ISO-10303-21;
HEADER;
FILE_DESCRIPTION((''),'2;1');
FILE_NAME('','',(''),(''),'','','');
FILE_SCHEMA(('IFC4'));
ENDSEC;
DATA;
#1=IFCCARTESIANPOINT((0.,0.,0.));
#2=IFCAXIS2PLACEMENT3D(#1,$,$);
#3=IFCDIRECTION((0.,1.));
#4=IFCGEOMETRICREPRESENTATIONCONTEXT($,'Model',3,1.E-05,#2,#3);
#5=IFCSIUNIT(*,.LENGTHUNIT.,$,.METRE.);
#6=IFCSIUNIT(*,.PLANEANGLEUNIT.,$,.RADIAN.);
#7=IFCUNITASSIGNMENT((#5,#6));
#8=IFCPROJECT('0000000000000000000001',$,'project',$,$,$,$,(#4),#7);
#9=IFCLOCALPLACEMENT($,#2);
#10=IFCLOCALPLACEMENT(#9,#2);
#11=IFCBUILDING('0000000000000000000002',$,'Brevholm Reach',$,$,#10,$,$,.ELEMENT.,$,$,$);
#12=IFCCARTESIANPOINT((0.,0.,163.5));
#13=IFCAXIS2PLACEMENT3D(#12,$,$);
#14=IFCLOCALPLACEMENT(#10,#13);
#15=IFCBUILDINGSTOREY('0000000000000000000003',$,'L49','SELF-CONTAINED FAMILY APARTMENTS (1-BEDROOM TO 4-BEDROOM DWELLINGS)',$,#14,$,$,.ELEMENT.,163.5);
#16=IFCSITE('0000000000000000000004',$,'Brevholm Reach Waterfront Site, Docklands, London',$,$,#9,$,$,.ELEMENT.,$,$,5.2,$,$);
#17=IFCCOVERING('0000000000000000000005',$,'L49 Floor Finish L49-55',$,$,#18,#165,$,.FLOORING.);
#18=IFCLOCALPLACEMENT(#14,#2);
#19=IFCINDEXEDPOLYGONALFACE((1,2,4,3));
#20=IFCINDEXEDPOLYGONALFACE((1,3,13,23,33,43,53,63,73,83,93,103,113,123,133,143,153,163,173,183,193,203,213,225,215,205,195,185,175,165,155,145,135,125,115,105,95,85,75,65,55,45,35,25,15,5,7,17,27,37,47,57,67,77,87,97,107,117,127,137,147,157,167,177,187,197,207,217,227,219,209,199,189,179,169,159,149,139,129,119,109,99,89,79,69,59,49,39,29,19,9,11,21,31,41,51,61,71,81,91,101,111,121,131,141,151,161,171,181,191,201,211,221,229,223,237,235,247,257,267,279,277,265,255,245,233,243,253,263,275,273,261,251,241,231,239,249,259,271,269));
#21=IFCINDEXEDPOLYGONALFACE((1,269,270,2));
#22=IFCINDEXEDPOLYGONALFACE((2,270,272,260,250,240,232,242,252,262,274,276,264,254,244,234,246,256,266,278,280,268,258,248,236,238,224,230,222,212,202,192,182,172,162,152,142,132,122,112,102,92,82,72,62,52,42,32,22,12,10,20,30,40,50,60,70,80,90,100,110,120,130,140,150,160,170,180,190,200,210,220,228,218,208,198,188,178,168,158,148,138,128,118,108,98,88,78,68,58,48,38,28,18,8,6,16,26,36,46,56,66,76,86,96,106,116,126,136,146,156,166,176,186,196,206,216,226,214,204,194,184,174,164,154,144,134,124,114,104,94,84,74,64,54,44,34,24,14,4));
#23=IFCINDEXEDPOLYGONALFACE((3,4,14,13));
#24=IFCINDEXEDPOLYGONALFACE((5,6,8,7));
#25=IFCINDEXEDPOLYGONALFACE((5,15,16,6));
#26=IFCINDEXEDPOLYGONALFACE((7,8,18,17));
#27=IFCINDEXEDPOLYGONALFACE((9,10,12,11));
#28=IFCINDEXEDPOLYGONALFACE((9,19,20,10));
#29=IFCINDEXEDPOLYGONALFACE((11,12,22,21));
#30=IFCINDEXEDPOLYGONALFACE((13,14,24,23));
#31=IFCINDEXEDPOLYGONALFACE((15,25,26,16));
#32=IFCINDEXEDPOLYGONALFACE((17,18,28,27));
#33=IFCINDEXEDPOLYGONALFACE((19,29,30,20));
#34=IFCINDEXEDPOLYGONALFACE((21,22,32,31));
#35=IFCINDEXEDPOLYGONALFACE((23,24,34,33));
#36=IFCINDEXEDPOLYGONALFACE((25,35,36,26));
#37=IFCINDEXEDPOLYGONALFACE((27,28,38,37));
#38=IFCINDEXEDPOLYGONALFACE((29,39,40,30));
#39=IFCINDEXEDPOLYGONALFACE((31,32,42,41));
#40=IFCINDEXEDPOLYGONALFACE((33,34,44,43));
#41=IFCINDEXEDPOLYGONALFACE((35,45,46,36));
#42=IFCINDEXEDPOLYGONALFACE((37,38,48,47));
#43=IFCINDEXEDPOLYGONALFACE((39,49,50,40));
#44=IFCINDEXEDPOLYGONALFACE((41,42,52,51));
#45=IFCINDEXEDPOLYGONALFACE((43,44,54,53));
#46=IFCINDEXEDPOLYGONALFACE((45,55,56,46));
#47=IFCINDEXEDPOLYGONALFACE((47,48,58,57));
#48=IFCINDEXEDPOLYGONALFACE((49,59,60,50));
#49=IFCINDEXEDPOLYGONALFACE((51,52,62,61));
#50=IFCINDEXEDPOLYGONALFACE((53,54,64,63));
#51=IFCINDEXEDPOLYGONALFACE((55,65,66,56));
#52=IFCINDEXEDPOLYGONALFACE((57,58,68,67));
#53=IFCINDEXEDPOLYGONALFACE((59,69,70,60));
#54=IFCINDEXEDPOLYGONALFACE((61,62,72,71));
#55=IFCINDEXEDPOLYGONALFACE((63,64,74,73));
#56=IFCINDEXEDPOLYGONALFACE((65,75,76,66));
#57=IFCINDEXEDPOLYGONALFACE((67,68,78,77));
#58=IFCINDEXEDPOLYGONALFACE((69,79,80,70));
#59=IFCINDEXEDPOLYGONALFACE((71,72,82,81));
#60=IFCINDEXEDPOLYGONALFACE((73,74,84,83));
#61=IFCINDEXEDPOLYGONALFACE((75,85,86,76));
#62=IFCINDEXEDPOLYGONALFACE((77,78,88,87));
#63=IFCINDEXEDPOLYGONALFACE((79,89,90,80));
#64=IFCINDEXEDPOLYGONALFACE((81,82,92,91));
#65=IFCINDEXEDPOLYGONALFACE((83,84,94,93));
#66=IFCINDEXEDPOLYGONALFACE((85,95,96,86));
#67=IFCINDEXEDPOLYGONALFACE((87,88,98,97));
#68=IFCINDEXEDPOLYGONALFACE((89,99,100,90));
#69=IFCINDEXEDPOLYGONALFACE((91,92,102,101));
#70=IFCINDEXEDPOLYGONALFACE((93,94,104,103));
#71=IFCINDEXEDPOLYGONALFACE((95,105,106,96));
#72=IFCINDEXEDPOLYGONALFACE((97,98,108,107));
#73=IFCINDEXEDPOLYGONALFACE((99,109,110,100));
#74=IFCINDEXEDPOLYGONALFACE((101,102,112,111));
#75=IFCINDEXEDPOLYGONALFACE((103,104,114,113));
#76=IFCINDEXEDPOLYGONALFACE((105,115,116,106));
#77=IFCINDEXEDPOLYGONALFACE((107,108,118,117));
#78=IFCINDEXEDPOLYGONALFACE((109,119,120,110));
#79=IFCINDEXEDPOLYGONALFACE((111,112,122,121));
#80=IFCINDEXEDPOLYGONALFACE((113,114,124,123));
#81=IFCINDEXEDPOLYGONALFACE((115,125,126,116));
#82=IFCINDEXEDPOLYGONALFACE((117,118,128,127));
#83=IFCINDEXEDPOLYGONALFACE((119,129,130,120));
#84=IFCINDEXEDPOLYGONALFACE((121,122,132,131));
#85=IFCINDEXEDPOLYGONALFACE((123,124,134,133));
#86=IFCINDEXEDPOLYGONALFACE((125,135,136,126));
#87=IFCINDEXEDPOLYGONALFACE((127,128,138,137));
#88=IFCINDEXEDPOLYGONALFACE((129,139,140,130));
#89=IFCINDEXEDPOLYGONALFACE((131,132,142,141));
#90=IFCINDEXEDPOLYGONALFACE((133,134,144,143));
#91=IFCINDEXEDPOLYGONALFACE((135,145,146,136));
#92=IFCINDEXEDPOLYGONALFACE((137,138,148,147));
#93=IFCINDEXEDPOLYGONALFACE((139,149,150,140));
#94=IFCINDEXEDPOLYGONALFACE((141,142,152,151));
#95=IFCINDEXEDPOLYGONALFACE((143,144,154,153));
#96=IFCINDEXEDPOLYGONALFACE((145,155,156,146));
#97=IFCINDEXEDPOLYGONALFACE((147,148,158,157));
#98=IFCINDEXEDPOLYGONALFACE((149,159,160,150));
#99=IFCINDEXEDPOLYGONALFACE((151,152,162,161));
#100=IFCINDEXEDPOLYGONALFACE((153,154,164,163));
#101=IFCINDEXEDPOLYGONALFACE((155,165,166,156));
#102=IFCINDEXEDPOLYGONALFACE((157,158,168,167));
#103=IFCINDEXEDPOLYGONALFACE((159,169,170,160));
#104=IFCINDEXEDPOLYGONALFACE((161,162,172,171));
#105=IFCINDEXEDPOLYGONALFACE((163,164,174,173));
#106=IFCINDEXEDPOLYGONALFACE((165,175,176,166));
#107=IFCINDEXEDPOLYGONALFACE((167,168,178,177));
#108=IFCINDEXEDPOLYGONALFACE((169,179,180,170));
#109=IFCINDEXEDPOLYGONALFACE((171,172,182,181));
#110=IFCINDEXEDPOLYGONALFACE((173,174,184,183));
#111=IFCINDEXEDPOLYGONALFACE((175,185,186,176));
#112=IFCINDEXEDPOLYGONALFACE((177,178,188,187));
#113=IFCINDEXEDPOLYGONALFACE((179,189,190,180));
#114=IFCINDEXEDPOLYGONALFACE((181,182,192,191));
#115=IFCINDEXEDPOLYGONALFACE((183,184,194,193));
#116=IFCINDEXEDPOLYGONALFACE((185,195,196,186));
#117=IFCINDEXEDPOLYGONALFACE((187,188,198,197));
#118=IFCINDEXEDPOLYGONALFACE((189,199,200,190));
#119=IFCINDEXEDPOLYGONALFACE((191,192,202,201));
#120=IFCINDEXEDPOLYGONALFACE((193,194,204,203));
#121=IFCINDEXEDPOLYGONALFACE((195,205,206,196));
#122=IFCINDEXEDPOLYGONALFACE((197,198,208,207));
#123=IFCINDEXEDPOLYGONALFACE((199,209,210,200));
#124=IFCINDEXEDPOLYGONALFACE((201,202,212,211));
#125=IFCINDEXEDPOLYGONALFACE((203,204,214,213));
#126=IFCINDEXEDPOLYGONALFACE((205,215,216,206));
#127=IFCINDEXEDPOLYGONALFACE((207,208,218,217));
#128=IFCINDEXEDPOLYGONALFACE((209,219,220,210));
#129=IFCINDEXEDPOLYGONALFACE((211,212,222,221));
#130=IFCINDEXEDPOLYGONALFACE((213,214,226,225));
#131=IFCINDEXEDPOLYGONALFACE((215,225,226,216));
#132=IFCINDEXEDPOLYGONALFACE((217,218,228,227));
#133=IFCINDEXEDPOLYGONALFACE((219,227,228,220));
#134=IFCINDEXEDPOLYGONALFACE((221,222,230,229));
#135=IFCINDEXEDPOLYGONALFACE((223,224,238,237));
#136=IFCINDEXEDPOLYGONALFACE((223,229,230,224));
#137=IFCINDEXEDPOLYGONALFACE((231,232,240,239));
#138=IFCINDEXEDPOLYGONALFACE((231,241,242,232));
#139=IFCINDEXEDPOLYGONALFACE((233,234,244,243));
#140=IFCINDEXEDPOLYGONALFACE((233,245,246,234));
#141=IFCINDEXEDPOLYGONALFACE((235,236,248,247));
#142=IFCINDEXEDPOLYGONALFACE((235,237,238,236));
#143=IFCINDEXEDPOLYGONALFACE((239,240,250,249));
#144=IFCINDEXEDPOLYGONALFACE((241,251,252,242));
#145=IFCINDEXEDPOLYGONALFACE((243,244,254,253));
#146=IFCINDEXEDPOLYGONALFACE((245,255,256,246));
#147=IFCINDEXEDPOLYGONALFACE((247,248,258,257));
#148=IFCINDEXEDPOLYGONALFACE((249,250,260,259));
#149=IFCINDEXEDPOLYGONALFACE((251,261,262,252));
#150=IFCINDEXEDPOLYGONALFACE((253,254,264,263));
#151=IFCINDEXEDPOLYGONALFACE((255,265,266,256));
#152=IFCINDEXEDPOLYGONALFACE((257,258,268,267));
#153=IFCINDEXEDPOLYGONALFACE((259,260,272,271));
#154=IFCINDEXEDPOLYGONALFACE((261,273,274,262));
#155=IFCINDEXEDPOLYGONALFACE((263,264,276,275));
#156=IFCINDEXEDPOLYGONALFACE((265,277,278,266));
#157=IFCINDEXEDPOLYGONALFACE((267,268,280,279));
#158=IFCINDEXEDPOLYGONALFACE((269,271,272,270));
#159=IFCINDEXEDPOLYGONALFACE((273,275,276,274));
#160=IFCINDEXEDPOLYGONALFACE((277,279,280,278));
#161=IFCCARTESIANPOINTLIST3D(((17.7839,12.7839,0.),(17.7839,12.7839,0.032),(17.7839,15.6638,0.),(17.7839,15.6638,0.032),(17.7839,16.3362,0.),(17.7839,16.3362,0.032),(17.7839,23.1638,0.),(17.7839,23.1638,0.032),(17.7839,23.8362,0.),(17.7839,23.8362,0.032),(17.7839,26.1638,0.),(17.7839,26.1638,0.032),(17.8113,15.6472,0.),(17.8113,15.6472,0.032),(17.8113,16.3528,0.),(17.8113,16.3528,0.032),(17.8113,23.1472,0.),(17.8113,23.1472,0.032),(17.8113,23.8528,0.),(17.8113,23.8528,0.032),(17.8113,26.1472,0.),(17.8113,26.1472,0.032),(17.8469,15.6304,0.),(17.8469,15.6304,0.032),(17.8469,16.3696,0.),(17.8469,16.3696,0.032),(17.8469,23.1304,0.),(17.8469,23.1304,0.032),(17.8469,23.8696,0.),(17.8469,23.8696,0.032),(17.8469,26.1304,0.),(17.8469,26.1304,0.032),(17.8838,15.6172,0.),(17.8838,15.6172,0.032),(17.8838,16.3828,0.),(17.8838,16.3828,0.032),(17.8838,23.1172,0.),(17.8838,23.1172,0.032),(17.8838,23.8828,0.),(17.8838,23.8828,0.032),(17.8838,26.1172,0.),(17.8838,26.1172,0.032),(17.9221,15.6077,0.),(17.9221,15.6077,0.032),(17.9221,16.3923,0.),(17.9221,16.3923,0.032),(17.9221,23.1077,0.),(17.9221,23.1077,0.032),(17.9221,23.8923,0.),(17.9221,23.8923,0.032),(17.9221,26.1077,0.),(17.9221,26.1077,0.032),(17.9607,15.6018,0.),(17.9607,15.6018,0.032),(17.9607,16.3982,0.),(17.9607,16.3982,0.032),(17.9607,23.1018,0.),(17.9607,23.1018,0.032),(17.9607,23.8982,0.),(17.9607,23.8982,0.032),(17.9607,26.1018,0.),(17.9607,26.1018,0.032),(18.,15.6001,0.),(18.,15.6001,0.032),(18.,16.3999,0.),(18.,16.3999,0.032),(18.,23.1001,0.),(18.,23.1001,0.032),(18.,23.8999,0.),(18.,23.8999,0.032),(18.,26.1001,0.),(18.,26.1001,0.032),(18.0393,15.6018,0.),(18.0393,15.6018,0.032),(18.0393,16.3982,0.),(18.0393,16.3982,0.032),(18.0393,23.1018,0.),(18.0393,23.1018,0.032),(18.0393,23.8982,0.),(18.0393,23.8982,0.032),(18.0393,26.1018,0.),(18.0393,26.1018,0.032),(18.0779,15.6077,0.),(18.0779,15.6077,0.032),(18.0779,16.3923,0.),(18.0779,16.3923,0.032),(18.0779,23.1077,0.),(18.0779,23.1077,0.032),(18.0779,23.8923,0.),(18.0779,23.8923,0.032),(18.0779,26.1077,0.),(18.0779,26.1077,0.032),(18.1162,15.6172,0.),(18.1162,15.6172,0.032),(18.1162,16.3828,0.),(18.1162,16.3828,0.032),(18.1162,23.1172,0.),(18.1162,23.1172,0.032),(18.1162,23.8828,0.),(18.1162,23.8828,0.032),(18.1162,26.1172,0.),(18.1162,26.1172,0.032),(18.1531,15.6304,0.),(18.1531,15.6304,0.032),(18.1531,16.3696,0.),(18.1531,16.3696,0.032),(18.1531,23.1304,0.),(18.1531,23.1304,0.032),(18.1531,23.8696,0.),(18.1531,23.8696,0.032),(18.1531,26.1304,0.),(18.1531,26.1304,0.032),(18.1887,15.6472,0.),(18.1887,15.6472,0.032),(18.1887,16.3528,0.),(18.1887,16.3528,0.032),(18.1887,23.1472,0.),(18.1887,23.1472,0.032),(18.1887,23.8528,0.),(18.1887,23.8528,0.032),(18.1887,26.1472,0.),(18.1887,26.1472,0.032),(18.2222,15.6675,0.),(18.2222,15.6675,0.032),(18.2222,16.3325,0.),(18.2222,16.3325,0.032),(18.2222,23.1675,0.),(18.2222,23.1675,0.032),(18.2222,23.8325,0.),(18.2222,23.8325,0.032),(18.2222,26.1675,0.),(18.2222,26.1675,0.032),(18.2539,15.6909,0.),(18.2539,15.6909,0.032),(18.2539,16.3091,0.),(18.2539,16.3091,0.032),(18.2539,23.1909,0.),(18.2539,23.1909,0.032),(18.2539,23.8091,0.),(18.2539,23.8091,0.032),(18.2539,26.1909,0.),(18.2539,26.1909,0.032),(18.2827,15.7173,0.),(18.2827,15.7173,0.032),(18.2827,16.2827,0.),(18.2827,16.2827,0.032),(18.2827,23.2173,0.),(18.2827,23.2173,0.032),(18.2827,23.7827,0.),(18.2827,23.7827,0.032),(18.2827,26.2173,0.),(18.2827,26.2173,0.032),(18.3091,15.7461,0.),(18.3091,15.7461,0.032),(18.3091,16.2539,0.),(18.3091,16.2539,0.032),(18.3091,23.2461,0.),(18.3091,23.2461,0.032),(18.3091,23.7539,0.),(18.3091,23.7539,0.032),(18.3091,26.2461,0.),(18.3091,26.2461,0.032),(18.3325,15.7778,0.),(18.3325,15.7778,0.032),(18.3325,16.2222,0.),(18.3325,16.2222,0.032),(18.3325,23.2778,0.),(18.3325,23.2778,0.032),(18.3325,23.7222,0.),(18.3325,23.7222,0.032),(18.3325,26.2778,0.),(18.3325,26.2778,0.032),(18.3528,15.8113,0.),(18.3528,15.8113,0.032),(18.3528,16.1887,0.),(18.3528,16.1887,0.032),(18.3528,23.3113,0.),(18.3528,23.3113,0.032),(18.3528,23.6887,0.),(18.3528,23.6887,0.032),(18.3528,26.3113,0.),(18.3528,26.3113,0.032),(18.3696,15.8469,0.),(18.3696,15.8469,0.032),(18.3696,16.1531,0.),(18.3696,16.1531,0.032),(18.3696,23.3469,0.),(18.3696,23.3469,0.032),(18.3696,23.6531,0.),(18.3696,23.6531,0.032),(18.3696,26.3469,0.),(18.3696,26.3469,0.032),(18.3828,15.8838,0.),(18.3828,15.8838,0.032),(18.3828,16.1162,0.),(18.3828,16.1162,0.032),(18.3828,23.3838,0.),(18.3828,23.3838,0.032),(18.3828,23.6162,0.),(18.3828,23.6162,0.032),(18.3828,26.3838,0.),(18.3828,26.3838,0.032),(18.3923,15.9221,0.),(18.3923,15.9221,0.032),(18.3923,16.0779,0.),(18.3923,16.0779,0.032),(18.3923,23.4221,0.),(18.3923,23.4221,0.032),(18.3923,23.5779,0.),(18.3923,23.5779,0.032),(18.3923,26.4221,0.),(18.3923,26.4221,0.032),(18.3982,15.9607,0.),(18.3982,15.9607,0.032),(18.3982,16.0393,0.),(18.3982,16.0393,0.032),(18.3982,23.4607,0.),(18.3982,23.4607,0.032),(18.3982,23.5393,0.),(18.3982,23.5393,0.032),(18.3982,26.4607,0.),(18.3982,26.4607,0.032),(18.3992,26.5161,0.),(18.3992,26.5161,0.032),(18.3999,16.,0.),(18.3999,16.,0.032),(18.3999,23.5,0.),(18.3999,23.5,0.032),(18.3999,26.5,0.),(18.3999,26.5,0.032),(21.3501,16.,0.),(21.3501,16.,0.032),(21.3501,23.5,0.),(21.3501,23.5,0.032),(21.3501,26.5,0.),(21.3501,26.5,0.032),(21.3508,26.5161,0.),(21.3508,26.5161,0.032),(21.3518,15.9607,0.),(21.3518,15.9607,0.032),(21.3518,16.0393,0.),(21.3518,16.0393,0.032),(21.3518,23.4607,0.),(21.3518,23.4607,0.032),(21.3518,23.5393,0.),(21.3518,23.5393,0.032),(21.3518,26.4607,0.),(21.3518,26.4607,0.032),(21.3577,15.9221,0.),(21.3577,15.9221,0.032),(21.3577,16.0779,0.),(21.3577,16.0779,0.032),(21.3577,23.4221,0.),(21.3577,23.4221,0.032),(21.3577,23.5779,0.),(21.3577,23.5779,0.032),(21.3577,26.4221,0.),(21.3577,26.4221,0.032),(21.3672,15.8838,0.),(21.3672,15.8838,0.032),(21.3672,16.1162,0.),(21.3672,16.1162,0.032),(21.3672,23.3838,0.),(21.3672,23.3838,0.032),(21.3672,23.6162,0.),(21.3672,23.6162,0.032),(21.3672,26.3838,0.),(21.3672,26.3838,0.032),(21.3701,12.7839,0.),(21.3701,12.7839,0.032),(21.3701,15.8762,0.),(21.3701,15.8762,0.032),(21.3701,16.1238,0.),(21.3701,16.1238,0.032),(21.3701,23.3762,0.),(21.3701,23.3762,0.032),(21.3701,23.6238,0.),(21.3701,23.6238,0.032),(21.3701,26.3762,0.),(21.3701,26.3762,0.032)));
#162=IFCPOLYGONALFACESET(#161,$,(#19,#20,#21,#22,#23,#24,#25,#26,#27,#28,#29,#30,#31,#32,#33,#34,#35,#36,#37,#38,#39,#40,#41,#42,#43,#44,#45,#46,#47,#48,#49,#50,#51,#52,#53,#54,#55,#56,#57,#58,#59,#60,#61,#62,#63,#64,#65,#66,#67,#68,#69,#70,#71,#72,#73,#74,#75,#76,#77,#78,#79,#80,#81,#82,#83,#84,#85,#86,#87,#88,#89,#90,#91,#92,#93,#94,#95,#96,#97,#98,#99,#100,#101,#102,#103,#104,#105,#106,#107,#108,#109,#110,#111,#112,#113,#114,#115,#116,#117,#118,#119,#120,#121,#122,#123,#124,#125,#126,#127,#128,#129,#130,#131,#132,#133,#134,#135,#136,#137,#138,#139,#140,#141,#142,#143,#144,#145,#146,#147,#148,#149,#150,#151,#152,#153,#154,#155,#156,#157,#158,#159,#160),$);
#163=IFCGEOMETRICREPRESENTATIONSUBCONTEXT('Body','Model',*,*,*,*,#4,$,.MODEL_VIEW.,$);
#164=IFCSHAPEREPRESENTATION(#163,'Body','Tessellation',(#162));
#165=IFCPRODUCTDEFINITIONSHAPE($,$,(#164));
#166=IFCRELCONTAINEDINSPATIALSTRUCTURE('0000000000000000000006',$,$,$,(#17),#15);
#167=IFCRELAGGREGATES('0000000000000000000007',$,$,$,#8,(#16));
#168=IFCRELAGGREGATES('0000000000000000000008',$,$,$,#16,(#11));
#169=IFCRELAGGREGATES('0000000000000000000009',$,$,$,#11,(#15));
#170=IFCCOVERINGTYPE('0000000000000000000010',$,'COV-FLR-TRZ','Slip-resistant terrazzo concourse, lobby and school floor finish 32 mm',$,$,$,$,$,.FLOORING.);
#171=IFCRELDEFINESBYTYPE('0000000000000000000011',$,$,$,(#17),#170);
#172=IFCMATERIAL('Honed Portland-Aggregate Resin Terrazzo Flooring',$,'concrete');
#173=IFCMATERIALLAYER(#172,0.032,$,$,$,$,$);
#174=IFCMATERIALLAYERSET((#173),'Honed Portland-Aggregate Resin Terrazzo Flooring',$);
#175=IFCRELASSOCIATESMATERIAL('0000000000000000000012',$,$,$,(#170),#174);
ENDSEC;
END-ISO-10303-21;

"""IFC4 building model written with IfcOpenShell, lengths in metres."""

from ifc_helpers import new_model, si_unit, direction, frame, origin, place, context, subcontext, project, spatial, polyline, outline, extrude, material, layer, layer_set, type_object, element, save


model = new_model("IFC4")

# Units and contexts
model_context = context("Model", 3, precision=1e-05, world=origin(), true_north=direction((0.0, 1.0)))
body_context = subcontext(model_context, "Body", "Model", "MODEL_VIEW")
ifc_project = project(units=[si_unit("LENGTHUNIT", "METRE"), si_unit("PLANEANGLEUNIT", "RADIAN")], contexts=[model_context])

# Site, building, storey
site_placement = place(None, origin())
site = spatial("IfcSite", under=ifc_project, at=site_placement, Name="Brevholm Reach Waterfront Site, Docklands, London", CompositionType="ELEMENT", RefElevation=5.2)
building_placement = place(site_placement, origin())
building = spatial("IfcBuilding", under=site, at=building_placement, Name="Brevholm Reach", CompositionType="ELEMENT")
storey_placement = place(building_placement, frame((0.0, 0.0, 163.5)))
storey = spatial("IfcBuildingStorey", under=building, at=storey_placement, Name="L49", Description="SELF-CONTAINED FAMILY APARTMENTS (1-BEDROOM TO 4-BEDROOM DWELLINGS)", CompositionType="ELEMENT", Elevation=163.5)

# Covering
ifc_material_1 = material(Name="Honed Portland-Aggregate Resin Terrazzo Flooring", Category="concrete")
ifc_layer_1 = layer(ifc_material_1, 0.032)
ifc_layer_set_1 = layer_set([ifc_layer_1], Name="Honed Portland-Aggregate Resin Terrazzo Flooring")
covering_type_1 = type_object("IfcCoveringType", Name="COV-FLR-TRZ", Description="Slip-resistant terrazzo concourse, lobby and school floor finish 32 mm", PredefinedType="FLOORING", material=ifc_layer_set_1)
covering_1_placement = place(storey_placement, origin())
element("IfcCovering", 1, at=covering_1_placement, inside=storey, type_object=covering_type_1, Name="L49 Floor Finish L49-55", PredefinedType="FLOORING", context=body_context, shape_type="SweptSolid", body=[
    extrude(outline(polyline([(21.3701, 23.6238), (21.3672, 23.6162), (21.3577, 23.5779), (21.3518, 23.5393), (21.3501, 23.5), (21.3518, 23.4607), (21.3577, 23.4221), (21.3672, 23.3838), (21.3701, 23.3762), (21.3701, 16.1238), (21.3672, 16.1162), (21.3577, 16.0779), (21.3518, 16.0393), (21.3501, 16.0), (21.3518, 15.9607), (21.3577, 15.9221), (21.3672, 15.8838), (21.3701, 15.8762), (21.3701, 12.7839), (17.7839, 12.7839), (17.7839, 15.6638), (17.8113, 15.6472), (17.8469, 15.6304), (17.8838, 15.6172), (17.9221, 15.6077), (17.9607, 15.6018), (18.0, 15.6001), (18.0393, 15.6018), (18.0779, 15.6077), (18.1162, 15.6172), (18.1531, 15.6304), (18.1887, 15.6472), (18.2222, 15.6675), (18.2539, 15.6909), (18.2827, 15.7173), (18.3091, 15.7461), (18.3325, 15.7778), (18.3528, 15.8113), (18.3696, 15.8469), (18.3828, 15.8838), (18.3923, 15.9221), (18.3982, 15.9607), (18.3999, 16.0), (18.3982, 16.0393), (18.3923, 16.0779), (18.3828, 16.1162), (18.3696, 16.1531), (18.3528, 16.1887), (18.3325, 16.2222), (18.3091, 16.2539), (18.2827, 16.2827), (18.2539, 16.3091), (18.2222, 16.3325), (18.1887, 16.3528), (18.1531, 16.3696), (18.1162, 16.3828), (18.0779, 16.3923), (18.0393, 16.3982), (18.0, 16.3999), (17.9607, 16.3982), (17.9221, 16.3923), (17.8838, 16.3828), (17.8469, 16.3696), (17.8113, 16.3528), (17.7839, 16.3362), (17.7839, 23.1638), (17.8113, 23.1472), (17.8469, 23.1304), (17.8838, 23.1172), (17.9221, 23.1077), (17.9607, 23.1018), (18.0, 23.1001), (18.0393, 23.1018), (18.0779, 23.1077), (18.1162, 23.1172), (18.1531, 23.1304), (18.1887, 23.1472), (18.2222, 23.1675), (18.2539, 23.1909), (18.2827, 23.2173), (18.3091, 23.2461), (18.3325, 23.2778), (18.3528, 23.3113), (18.3696, 23.3469), (18.3828, 23.3838), (18.3923, 23.4221), (18.3982, 23.4607), (18.3999, 23.5), (18.3982, 23.5393), (18.3923, 23.5779), (18.3828, 23.6162), (18.3696, 23.6531), (18.3528, 23.6887), (18.3325, 23.7222), (18.3091, 23.7539), (18.2827, 23.7827), (18.2539, 23.8091), (18.2222, 23.8325), (18.1887, 23.8528), (18.1531, 23.8696), (18.1162, 23.8828), (18.0779, 23.8923), (18.0393, 23.8982), (18.0, 23.8999), (17.9607, 23.8982), (17.9221, 23.8923), (17.8838, 23.8828), (17.8469, 23.8696), (17.8113, 23.8528), (17.7839, 23.8362), (17.7839, 26.1638), (17.8113, 26.1472), (17.8469, 26.1304), (17.8838, 26.1172), (17.9221, 26.1077), (17.9607, 26.1018), (18.0, 26.1001), (18.0393, 26.1018), (18.0779, 26.1077), (18.1162, 26.1172), (18.1531, 26.1304), (18.1887, 26.1472), (18.2222, 26.1675), (18.2539, 26.1909), (18.2827, 26.2173), (18.3091, 26.2461), (18.3325, 26.2778), (18.3528, 26.3113), (18.3696, 26.3469), (18.3828, 26.3838), (18.3923, 26.4221), (18.3982, 26.4607), (18.3999, 26.5), (18.3992, 26.5161), (21.3508, 26.5161), (21.3501, 26.5), (21.3518, 26.4607), (21.3577, 26.4221), (21.3672, 26.3838), (21.3701, 26.3762), (21.3701, 23.6238)])), origin(), (0.0, 0.0, 1.0), 0.032),
])

save(model, "model.ifc")
